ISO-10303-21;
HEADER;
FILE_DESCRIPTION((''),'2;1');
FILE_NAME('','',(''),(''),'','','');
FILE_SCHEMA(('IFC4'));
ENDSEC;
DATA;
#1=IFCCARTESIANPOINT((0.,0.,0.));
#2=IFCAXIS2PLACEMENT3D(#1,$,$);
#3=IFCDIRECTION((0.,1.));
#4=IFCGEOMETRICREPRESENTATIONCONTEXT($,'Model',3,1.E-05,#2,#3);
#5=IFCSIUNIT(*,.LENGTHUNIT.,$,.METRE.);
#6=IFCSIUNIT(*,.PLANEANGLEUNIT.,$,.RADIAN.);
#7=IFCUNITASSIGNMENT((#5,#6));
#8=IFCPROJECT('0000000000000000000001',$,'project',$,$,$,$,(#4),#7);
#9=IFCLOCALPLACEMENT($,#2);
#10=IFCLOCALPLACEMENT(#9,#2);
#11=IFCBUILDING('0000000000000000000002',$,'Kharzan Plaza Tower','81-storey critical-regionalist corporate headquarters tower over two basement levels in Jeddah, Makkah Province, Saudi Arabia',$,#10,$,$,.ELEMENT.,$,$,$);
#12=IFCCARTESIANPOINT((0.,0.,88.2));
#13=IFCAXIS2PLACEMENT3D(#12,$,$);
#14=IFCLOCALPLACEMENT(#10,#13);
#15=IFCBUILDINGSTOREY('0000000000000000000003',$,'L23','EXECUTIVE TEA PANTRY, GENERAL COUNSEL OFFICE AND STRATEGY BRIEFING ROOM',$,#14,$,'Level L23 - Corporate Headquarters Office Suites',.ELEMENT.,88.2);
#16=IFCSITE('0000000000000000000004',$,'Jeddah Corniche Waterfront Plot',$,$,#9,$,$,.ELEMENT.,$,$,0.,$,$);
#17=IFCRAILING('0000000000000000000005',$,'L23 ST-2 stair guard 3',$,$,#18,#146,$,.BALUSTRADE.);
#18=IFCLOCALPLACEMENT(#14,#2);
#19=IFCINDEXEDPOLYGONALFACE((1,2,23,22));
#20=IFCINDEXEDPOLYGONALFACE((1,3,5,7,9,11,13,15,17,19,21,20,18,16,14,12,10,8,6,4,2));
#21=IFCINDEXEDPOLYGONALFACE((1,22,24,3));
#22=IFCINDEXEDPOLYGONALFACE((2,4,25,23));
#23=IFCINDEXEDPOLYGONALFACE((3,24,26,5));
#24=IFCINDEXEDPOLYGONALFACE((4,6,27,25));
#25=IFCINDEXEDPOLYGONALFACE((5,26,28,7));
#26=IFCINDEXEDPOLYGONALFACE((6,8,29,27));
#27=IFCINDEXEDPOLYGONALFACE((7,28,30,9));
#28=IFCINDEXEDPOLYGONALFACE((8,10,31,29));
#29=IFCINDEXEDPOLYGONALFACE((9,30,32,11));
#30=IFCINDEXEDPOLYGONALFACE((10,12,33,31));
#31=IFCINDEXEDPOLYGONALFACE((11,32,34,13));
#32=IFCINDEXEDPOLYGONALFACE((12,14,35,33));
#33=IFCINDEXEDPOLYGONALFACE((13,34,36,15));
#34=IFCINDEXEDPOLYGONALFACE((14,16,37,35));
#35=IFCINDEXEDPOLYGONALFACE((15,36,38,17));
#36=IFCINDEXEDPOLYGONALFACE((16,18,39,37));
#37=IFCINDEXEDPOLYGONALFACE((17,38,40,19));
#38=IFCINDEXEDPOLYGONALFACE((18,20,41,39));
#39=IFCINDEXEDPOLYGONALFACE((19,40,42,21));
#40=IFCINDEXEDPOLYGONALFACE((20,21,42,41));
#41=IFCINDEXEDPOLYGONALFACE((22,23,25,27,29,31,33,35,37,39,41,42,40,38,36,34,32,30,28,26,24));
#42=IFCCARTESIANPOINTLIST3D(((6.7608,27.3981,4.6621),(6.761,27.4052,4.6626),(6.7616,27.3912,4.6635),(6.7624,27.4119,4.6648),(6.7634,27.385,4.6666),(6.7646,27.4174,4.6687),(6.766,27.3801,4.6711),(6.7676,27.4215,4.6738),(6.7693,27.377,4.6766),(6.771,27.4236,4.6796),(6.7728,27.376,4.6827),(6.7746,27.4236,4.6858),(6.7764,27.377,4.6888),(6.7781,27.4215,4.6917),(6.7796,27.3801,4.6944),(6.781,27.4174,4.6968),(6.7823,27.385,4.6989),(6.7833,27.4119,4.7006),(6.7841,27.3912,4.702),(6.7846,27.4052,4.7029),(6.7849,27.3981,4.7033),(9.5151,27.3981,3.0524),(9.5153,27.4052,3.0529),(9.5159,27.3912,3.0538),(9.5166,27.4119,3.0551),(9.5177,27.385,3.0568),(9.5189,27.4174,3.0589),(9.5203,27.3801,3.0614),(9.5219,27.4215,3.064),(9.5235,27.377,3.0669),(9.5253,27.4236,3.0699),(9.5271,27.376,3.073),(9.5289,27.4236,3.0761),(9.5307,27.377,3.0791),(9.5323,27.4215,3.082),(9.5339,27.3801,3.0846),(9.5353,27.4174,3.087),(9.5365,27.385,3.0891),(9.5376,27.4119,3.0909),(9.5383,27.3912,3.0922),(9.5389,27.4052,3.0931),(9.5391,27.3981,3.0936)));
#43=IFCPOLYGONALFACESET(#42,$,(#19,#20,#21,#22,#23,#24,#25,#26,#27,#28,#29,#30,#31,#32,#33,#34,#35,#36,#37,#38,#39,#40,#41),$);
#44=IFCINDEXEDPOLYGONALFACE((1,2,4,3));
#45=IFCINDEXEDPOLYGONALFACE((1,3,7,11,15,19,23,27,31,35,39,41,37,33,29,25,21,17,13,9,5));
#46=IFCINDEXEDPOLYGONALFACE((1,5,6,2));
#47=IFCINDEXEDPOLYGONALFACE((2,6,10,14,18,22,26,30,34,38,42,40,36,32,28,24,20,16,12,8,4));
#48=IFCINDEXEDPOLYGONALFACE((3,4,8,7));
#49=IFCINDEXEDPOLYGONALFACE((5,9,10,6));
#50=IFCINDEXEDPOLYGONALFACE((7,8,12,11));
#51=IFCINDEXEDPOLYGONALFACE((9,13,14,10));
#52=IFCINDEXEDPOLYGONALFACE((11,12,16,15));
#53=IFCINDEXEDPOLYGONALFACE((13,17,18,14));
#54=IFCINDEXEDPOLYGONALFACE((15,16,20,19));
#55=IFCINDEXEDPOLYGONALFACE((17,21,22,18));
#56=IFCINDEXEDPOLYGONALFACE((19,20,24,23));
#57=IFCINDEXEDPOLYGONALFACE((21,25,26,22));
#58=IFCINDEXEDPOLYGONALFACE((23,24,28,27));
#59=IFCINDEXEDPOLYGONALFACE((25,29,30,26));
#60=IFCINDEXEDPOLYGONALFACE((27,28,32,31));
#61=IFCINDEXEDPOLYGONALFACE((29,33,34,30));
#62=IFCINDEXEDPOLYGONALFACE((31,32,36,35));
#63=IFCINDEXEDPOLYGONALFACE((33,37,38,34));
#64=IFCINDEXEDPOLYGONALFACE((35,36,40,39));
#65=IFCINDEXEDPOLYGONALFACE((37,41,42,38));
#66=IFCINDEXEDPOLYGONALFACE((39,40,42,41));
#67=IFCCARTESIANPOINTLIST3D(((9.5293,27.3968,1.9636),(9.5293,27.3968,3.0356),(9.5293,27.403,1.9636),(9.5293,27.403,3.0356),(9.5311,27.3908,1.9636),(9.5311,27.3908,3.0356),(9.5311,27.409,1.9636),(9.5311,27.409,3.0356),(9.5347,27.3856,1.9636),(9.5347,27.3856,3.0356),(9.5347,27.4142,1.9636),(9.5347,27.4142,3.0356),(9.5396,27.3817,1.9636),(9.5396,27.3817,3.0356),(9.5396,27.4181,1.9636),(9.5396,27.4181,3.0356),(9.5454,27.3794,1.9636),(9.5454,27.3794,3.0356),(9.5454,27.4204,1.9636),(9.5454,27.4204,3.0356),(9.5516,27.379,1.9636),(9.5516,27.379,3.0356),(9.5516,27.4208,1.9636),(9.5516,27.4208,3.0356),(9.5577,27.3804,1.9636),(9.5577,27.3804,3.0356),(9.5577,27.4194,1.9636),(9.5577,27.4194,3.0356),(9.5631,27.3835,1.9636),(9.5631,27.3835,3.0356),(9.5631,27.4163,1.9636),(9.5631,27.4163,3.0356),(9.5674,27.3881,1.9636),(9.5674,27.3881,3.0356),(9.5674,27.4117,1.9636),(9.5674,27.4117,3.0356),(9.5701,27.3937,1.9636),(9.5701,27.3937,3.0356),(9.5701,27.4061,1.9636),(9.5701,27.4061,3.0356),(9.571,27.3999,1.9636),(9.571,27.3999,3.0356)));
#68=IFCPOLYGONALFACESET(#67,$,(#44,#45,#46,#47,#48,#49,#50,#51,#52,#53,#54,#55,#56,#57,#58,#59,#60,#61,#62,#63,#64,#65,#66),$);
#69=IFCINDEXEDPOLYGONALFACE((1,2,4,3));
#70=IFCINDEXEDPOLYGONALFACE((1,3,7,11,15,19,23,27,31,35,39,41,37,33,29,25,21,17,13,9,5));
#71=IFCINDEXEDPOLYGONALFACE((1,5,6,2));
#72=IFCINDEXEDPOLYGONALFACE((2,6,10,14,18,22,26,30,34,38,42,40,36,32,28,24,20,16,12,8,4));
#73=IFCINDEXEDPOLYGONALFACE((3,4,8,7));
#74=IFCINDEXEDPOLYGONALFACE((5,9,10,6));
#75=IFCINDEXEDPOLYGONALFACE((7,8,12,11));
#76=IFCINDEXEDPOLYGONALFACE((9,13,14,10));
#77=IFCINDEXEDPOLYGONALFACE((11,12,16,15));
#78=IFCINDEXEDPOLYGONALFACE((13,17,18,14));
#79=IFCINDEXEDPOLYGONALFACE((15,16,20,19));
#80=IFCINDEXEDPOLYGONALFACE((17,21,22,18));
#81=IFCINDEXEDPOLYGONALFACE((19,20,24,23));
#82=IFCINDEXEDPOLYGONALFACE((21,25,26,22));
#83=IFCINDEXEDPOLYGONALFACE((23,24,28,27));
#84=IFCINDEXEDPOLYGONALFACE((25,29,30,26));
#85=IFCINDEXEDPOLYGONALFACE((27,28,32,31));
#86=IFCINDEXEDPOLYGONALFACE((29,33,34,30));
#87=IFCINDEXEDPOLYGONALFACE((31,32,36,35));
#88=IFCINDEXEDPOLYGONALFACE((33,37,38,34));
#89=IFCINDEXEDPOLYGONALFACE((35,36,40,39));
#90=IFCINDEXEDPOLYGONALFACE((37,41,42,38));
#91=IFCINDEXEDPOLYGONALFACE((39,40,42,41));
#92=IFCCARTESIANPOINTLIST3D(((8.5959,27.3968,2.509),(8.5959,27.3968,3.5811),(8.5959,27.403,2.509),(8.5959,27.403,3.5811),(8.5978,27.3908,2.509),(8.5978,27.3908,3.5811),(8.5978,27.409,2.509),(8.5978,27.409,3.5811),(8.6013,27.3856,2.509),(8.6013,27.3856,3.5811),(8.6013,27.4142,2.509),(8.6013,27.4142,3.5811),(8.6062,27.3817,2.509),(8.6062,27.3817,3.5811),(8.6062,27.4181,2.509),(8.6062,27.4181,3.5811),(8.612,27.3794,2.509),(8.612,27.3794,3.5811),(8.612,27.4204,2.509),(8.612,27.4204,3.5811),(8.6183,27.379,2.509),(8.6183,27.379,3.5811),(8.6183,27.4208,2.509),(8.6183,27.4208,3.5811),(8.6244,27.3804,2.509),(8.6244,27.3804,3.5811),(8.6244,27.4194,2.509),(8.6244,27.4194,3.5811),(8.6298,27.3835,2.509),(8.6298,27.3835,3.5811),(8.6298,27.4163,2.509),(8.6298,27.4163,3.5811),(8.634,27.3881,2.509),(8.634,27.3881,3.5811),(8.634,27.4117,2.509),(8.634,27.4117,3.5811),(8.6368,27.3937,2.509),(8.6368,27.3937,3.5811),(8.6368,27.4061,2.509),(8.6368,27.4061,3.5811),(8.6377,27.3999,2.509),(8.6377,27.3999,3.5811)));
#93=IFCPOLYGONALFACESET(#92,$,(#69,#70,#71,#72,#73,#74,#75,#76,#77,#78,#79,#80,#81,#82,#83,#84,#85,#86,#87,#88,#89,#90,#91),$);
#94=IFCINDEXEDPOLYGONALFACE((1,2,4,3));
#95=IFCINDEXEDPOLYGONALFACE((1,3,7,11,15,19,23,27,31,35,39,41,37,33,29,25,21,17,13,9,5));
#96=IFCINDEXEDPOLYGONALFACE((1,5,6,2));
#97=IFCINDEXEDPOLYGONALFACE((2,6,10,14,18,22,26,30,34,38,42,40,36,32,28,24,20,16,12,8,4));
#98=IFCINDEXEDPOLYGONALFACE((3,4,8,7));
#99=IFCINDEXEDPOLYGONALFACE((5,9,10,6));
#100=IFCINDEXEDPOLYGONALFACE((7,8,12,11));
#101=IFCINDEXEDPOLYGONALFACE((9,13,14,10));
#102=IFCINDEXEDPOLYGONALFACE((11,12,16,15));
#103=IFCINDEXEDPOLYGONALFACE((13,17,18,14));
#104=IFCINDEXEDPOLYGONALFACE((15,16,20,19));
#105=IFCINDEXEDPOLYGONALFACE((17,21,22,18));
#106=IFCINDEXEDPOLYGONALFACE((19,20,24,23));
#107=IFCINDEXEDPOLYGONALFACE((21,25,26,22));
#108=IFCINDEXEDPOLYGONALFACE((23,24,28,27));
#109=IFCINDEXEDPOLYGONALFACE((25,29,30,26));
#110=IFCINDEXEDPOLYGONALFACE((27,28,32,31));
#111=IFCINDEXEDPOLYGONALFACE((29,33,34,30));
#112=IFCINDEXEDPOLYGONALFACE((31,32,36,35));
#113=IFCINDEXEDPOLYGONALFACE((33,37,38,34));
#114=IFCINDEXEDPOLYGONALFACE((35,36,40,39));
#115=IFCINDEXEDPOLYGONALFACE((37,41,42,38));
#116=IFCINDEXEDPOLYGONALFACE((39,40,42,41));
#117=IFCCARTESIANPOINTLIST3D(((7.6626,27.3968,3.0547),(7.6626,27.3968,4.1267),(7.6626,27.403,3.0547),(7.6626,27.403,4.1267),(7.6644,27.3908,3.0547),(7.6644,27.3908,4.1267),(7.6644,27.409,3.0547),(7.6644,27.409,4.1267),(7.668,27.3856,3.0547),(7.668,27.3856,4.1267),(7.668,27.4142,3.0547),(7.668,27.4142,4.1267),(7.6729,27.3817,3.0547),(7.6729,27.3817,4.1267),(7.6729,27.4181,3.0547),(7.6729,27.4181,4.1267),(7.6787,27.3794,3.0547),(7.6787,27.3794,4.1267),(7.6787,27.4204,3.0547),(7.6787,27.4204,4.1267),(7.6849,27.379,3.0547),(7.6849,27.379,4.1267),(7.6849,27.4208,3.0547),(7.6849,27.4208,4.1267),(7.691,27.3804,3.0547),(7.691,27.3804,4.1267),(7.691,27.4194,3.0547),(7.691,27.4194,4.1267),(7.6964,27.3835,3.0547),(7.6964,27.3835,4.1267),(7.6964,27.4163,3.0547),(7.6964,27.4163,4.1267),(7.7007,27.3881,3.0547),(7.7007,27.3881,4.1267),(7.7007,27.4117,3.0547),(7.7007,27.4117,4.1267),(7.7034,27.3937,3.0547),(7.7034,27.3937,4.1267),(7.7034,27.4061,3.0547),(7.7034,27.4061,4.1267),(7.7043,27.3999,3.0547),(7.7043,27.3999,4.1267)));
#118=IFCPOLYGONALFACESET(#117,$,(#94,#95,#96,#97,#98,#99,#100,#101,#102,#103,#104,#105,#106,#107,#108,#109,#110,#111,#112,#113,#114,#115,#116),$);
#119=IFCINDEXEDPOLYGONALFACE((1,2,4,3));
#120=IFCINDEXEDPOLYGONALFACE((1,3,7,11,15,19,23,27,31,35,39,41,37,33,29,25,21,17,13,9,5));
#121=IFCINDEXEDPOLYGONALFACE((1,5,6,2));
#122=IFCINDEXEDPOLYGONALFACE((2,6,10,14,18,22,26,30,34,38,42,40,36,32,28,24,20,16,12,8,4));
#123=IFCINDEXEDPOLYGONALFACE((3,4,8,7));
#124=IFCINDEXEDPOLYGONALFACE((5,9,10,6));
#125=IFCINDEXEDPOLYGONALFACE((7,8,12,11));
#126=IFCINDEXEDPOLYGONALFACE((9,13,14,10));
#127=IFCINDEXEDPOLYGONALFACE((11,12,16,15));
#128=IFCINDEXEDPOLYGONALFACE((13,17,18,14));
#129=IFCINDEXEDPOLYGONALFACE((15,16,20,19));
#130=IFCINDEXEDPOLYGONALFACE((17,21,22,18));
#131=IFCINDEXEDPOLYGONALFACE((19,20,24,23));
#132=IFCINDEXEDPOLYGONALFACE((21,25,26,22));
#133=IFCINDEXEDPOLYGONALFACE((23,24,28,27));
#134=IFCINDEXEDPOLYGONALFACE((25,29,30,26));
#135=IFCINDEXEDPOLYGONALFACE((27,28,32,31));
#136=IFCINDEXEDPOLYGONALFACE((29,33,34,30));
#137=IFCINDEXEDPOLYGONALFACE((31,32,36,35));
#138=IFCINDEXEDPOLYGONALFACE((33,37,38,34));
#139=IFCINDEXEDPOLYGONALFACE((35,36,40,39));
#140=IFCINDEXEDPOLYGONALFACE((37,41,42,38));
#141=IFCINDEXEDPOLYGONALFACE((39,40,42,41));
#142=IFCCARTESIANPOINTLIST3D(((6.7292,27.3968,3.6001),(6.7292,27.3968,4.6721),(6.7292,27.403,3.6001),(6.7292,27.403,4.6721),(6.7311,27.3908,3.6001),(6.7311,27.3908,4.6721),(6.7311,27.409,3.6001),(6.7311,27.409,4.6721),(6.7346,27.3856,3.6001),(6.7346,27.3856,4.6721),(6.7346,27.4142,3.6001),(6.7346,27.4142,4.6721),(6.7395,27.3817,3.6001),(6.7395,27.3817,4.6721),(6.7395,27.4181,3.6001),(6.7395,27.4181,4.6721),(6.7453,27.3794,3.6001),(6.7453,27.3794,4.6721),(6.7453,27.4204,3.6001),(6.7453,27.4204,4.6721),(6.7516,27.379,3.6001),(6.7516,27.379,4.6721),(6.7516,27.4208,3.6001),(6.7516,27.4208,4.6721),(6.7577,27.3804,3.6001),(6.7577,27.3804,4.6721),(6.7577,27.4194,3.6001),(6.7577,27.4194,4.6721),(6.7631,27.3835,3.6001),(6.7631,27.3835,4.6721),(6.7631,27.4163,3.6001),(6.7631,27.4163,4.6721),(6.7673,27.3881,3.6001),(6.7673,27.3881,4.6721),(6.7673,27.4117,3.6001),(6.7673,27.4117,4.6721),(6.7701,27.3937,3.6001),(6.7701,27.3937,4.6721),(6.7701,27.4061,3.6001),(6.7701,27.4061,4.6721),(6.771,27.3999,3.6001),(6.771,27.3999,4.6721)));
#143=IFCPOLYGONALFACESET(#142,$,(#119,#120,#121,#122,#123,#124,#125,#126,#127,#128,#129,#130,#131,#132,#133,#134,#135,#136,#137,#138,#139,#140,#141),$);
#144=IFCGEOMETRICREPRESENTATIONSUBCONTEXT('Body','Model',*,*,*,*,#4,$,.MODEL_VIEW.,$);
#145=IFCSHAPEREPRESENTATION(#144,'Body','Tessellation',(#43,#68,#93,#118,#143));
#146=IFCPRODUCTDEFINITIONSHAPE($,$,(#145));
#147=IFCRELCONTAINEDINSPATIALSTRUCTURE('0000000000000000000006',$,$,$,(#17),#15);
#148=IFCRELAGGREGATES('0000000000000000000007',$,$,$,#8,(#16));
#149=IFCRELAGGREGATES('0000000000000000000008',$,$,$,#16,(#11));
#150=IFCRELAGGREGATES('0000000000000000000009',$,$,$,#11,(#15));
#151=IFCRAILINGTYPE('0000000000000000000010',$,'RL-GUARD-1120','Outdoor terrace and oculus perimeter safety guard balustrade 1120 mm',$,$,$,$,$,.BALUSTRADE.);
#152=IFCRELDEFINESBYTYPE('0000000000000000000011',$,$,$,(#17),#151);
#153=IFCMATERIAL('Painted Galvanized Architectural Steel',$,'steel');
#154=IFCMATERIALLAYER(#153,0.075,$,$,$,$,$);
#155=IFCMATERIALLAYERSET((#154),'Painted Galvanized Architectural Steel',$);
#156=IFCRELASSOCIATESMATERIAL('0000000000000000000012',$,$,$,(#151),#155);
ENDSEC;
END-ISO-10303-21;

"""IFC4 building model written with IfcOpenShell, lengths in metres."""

from ifc_helpers import new_model, si_unit, direction, frame, origin, origin_2d, place, context, subcontext, project, spatial, circle, extrude, source, transform, mapped, material, layer, layer_set, type_object, element, save


model = new_model("IFC4")

# Units and contexts
model_context = context("Model", 3, precision=1e-05, world=origin(), true_north=direction((0.0, 1.0)))
body_context = subcontext(model_context, "Body", "Model", "MODEL_VIEW")
ifc_project = project(units=[si_unit("LENGTHUNIT", "METRE"), si_unit("PLANEANGLEUNIT", "RADIAN")], contexts=[model_context])

# Site, building, storey
site_placement = place(None, origin())
site = spatial("IfcSite", under=ifc_project, at=site_placement, Name="Jeddah Corniche Waterfront Plot", CompositionType="ELEMENT", RefElevation=0.0)
building_placement = place(site_placement, origin())
building = spatial("IfcBuilding", under=site, at=building_placement, Name="Kharzan Plaza Tower", Description="81-storey critical-regionalist corporate headquarters tower over two basement levels in Jeddah, Makkah Province, Saudi Arabia", CompositionType="ELEMENT")
storey_placement = place(building_placement, frame((0.0, 0.0, 88.2)))
storey = spatial("IfcBuildingStorey", under=building, at=storey_placement, Name="L23", Description="EXECUTIVE TEA PANTRY, GENERAL COUNSEL OFFICE AND STRATEGY BRIEFING ROOM", LongName="Level L23 - Corporate Headquarters Office Suites", CompositionType="ELEMENT", Elevation=88.2)

# Railing
ifc_material_1 = material(Name="Painted Galvanized Architectural Steel", Category="steel")
ifc_layer_1 = layer(ifc_material_1, 0.075)
ifc_layer_set_1 = layer_set([ifc_layer_1], Name="Painted Galvanized Architectural Steel")
railing_type_1 = type_object("IfcRailingType", Name="RL-GUARD-1120", Description="Outdoor terrace and oculus perimeter safety guard balustrade 1120 mm", PredefinedType="BALUSTRADE", material=ifc_layer_set_1)
shared_shape_1 = source(origin(), body_context, "Body", "SweptSolid", [
    extrude(circle(Radius=0.0239, at=origin_2d()), frame((-0.0229, 0.0, 1.1094), z_axis=(-0.863361, 0.0, 0.504587), x_axis=(0.0, -1.0, 0.0)), (0.0, 0.0, 1.0), 3.1902),
    extrude(circle(Radius=0.021, at=origin_2d()), origin(), (0.0, 0.0, 1.0), 1.072),
    extrude(circle(Radius=0.021, at=origin_2d()), frame((-0.9333, 0.0, 0.5454)), (0.0, 0.0, 1.0), 1.072),
    extrude(circle(Radius=0.021, at=origin_2d()), frame((-1.8667, 0.0, 1.0911)), (0.0, 0.0, 1.0), 1.072),
    extrude(circle(Radius=0.021, at=origin_2d()), frame((-2.8, 0.0, 1.6365)), (0.0, 0.0, 1.0), 1.072),
])
railing_1_placement = place(storey_placement, frame((9.55, 27.3999, 1.9636)))
element("IfcRailing", 1, at=railing_1_placement, inside=storey, type_object=railing_type_1, Name="L23 ST-2 stair guard 3", PredefinedType="BALUSTRADE", context=body_context, shape_type="MappedRepresentation", body=[
    mapped(shared_shape_1, transform((0.0, 0.0, 0.0), x_axis=(1.0, 0.0, 0.0), y_axis=(0.0, 1.0, 0.0), z_axis=(0.0, 0.0, 1.0))),
])

save(model, "model.ifc")
